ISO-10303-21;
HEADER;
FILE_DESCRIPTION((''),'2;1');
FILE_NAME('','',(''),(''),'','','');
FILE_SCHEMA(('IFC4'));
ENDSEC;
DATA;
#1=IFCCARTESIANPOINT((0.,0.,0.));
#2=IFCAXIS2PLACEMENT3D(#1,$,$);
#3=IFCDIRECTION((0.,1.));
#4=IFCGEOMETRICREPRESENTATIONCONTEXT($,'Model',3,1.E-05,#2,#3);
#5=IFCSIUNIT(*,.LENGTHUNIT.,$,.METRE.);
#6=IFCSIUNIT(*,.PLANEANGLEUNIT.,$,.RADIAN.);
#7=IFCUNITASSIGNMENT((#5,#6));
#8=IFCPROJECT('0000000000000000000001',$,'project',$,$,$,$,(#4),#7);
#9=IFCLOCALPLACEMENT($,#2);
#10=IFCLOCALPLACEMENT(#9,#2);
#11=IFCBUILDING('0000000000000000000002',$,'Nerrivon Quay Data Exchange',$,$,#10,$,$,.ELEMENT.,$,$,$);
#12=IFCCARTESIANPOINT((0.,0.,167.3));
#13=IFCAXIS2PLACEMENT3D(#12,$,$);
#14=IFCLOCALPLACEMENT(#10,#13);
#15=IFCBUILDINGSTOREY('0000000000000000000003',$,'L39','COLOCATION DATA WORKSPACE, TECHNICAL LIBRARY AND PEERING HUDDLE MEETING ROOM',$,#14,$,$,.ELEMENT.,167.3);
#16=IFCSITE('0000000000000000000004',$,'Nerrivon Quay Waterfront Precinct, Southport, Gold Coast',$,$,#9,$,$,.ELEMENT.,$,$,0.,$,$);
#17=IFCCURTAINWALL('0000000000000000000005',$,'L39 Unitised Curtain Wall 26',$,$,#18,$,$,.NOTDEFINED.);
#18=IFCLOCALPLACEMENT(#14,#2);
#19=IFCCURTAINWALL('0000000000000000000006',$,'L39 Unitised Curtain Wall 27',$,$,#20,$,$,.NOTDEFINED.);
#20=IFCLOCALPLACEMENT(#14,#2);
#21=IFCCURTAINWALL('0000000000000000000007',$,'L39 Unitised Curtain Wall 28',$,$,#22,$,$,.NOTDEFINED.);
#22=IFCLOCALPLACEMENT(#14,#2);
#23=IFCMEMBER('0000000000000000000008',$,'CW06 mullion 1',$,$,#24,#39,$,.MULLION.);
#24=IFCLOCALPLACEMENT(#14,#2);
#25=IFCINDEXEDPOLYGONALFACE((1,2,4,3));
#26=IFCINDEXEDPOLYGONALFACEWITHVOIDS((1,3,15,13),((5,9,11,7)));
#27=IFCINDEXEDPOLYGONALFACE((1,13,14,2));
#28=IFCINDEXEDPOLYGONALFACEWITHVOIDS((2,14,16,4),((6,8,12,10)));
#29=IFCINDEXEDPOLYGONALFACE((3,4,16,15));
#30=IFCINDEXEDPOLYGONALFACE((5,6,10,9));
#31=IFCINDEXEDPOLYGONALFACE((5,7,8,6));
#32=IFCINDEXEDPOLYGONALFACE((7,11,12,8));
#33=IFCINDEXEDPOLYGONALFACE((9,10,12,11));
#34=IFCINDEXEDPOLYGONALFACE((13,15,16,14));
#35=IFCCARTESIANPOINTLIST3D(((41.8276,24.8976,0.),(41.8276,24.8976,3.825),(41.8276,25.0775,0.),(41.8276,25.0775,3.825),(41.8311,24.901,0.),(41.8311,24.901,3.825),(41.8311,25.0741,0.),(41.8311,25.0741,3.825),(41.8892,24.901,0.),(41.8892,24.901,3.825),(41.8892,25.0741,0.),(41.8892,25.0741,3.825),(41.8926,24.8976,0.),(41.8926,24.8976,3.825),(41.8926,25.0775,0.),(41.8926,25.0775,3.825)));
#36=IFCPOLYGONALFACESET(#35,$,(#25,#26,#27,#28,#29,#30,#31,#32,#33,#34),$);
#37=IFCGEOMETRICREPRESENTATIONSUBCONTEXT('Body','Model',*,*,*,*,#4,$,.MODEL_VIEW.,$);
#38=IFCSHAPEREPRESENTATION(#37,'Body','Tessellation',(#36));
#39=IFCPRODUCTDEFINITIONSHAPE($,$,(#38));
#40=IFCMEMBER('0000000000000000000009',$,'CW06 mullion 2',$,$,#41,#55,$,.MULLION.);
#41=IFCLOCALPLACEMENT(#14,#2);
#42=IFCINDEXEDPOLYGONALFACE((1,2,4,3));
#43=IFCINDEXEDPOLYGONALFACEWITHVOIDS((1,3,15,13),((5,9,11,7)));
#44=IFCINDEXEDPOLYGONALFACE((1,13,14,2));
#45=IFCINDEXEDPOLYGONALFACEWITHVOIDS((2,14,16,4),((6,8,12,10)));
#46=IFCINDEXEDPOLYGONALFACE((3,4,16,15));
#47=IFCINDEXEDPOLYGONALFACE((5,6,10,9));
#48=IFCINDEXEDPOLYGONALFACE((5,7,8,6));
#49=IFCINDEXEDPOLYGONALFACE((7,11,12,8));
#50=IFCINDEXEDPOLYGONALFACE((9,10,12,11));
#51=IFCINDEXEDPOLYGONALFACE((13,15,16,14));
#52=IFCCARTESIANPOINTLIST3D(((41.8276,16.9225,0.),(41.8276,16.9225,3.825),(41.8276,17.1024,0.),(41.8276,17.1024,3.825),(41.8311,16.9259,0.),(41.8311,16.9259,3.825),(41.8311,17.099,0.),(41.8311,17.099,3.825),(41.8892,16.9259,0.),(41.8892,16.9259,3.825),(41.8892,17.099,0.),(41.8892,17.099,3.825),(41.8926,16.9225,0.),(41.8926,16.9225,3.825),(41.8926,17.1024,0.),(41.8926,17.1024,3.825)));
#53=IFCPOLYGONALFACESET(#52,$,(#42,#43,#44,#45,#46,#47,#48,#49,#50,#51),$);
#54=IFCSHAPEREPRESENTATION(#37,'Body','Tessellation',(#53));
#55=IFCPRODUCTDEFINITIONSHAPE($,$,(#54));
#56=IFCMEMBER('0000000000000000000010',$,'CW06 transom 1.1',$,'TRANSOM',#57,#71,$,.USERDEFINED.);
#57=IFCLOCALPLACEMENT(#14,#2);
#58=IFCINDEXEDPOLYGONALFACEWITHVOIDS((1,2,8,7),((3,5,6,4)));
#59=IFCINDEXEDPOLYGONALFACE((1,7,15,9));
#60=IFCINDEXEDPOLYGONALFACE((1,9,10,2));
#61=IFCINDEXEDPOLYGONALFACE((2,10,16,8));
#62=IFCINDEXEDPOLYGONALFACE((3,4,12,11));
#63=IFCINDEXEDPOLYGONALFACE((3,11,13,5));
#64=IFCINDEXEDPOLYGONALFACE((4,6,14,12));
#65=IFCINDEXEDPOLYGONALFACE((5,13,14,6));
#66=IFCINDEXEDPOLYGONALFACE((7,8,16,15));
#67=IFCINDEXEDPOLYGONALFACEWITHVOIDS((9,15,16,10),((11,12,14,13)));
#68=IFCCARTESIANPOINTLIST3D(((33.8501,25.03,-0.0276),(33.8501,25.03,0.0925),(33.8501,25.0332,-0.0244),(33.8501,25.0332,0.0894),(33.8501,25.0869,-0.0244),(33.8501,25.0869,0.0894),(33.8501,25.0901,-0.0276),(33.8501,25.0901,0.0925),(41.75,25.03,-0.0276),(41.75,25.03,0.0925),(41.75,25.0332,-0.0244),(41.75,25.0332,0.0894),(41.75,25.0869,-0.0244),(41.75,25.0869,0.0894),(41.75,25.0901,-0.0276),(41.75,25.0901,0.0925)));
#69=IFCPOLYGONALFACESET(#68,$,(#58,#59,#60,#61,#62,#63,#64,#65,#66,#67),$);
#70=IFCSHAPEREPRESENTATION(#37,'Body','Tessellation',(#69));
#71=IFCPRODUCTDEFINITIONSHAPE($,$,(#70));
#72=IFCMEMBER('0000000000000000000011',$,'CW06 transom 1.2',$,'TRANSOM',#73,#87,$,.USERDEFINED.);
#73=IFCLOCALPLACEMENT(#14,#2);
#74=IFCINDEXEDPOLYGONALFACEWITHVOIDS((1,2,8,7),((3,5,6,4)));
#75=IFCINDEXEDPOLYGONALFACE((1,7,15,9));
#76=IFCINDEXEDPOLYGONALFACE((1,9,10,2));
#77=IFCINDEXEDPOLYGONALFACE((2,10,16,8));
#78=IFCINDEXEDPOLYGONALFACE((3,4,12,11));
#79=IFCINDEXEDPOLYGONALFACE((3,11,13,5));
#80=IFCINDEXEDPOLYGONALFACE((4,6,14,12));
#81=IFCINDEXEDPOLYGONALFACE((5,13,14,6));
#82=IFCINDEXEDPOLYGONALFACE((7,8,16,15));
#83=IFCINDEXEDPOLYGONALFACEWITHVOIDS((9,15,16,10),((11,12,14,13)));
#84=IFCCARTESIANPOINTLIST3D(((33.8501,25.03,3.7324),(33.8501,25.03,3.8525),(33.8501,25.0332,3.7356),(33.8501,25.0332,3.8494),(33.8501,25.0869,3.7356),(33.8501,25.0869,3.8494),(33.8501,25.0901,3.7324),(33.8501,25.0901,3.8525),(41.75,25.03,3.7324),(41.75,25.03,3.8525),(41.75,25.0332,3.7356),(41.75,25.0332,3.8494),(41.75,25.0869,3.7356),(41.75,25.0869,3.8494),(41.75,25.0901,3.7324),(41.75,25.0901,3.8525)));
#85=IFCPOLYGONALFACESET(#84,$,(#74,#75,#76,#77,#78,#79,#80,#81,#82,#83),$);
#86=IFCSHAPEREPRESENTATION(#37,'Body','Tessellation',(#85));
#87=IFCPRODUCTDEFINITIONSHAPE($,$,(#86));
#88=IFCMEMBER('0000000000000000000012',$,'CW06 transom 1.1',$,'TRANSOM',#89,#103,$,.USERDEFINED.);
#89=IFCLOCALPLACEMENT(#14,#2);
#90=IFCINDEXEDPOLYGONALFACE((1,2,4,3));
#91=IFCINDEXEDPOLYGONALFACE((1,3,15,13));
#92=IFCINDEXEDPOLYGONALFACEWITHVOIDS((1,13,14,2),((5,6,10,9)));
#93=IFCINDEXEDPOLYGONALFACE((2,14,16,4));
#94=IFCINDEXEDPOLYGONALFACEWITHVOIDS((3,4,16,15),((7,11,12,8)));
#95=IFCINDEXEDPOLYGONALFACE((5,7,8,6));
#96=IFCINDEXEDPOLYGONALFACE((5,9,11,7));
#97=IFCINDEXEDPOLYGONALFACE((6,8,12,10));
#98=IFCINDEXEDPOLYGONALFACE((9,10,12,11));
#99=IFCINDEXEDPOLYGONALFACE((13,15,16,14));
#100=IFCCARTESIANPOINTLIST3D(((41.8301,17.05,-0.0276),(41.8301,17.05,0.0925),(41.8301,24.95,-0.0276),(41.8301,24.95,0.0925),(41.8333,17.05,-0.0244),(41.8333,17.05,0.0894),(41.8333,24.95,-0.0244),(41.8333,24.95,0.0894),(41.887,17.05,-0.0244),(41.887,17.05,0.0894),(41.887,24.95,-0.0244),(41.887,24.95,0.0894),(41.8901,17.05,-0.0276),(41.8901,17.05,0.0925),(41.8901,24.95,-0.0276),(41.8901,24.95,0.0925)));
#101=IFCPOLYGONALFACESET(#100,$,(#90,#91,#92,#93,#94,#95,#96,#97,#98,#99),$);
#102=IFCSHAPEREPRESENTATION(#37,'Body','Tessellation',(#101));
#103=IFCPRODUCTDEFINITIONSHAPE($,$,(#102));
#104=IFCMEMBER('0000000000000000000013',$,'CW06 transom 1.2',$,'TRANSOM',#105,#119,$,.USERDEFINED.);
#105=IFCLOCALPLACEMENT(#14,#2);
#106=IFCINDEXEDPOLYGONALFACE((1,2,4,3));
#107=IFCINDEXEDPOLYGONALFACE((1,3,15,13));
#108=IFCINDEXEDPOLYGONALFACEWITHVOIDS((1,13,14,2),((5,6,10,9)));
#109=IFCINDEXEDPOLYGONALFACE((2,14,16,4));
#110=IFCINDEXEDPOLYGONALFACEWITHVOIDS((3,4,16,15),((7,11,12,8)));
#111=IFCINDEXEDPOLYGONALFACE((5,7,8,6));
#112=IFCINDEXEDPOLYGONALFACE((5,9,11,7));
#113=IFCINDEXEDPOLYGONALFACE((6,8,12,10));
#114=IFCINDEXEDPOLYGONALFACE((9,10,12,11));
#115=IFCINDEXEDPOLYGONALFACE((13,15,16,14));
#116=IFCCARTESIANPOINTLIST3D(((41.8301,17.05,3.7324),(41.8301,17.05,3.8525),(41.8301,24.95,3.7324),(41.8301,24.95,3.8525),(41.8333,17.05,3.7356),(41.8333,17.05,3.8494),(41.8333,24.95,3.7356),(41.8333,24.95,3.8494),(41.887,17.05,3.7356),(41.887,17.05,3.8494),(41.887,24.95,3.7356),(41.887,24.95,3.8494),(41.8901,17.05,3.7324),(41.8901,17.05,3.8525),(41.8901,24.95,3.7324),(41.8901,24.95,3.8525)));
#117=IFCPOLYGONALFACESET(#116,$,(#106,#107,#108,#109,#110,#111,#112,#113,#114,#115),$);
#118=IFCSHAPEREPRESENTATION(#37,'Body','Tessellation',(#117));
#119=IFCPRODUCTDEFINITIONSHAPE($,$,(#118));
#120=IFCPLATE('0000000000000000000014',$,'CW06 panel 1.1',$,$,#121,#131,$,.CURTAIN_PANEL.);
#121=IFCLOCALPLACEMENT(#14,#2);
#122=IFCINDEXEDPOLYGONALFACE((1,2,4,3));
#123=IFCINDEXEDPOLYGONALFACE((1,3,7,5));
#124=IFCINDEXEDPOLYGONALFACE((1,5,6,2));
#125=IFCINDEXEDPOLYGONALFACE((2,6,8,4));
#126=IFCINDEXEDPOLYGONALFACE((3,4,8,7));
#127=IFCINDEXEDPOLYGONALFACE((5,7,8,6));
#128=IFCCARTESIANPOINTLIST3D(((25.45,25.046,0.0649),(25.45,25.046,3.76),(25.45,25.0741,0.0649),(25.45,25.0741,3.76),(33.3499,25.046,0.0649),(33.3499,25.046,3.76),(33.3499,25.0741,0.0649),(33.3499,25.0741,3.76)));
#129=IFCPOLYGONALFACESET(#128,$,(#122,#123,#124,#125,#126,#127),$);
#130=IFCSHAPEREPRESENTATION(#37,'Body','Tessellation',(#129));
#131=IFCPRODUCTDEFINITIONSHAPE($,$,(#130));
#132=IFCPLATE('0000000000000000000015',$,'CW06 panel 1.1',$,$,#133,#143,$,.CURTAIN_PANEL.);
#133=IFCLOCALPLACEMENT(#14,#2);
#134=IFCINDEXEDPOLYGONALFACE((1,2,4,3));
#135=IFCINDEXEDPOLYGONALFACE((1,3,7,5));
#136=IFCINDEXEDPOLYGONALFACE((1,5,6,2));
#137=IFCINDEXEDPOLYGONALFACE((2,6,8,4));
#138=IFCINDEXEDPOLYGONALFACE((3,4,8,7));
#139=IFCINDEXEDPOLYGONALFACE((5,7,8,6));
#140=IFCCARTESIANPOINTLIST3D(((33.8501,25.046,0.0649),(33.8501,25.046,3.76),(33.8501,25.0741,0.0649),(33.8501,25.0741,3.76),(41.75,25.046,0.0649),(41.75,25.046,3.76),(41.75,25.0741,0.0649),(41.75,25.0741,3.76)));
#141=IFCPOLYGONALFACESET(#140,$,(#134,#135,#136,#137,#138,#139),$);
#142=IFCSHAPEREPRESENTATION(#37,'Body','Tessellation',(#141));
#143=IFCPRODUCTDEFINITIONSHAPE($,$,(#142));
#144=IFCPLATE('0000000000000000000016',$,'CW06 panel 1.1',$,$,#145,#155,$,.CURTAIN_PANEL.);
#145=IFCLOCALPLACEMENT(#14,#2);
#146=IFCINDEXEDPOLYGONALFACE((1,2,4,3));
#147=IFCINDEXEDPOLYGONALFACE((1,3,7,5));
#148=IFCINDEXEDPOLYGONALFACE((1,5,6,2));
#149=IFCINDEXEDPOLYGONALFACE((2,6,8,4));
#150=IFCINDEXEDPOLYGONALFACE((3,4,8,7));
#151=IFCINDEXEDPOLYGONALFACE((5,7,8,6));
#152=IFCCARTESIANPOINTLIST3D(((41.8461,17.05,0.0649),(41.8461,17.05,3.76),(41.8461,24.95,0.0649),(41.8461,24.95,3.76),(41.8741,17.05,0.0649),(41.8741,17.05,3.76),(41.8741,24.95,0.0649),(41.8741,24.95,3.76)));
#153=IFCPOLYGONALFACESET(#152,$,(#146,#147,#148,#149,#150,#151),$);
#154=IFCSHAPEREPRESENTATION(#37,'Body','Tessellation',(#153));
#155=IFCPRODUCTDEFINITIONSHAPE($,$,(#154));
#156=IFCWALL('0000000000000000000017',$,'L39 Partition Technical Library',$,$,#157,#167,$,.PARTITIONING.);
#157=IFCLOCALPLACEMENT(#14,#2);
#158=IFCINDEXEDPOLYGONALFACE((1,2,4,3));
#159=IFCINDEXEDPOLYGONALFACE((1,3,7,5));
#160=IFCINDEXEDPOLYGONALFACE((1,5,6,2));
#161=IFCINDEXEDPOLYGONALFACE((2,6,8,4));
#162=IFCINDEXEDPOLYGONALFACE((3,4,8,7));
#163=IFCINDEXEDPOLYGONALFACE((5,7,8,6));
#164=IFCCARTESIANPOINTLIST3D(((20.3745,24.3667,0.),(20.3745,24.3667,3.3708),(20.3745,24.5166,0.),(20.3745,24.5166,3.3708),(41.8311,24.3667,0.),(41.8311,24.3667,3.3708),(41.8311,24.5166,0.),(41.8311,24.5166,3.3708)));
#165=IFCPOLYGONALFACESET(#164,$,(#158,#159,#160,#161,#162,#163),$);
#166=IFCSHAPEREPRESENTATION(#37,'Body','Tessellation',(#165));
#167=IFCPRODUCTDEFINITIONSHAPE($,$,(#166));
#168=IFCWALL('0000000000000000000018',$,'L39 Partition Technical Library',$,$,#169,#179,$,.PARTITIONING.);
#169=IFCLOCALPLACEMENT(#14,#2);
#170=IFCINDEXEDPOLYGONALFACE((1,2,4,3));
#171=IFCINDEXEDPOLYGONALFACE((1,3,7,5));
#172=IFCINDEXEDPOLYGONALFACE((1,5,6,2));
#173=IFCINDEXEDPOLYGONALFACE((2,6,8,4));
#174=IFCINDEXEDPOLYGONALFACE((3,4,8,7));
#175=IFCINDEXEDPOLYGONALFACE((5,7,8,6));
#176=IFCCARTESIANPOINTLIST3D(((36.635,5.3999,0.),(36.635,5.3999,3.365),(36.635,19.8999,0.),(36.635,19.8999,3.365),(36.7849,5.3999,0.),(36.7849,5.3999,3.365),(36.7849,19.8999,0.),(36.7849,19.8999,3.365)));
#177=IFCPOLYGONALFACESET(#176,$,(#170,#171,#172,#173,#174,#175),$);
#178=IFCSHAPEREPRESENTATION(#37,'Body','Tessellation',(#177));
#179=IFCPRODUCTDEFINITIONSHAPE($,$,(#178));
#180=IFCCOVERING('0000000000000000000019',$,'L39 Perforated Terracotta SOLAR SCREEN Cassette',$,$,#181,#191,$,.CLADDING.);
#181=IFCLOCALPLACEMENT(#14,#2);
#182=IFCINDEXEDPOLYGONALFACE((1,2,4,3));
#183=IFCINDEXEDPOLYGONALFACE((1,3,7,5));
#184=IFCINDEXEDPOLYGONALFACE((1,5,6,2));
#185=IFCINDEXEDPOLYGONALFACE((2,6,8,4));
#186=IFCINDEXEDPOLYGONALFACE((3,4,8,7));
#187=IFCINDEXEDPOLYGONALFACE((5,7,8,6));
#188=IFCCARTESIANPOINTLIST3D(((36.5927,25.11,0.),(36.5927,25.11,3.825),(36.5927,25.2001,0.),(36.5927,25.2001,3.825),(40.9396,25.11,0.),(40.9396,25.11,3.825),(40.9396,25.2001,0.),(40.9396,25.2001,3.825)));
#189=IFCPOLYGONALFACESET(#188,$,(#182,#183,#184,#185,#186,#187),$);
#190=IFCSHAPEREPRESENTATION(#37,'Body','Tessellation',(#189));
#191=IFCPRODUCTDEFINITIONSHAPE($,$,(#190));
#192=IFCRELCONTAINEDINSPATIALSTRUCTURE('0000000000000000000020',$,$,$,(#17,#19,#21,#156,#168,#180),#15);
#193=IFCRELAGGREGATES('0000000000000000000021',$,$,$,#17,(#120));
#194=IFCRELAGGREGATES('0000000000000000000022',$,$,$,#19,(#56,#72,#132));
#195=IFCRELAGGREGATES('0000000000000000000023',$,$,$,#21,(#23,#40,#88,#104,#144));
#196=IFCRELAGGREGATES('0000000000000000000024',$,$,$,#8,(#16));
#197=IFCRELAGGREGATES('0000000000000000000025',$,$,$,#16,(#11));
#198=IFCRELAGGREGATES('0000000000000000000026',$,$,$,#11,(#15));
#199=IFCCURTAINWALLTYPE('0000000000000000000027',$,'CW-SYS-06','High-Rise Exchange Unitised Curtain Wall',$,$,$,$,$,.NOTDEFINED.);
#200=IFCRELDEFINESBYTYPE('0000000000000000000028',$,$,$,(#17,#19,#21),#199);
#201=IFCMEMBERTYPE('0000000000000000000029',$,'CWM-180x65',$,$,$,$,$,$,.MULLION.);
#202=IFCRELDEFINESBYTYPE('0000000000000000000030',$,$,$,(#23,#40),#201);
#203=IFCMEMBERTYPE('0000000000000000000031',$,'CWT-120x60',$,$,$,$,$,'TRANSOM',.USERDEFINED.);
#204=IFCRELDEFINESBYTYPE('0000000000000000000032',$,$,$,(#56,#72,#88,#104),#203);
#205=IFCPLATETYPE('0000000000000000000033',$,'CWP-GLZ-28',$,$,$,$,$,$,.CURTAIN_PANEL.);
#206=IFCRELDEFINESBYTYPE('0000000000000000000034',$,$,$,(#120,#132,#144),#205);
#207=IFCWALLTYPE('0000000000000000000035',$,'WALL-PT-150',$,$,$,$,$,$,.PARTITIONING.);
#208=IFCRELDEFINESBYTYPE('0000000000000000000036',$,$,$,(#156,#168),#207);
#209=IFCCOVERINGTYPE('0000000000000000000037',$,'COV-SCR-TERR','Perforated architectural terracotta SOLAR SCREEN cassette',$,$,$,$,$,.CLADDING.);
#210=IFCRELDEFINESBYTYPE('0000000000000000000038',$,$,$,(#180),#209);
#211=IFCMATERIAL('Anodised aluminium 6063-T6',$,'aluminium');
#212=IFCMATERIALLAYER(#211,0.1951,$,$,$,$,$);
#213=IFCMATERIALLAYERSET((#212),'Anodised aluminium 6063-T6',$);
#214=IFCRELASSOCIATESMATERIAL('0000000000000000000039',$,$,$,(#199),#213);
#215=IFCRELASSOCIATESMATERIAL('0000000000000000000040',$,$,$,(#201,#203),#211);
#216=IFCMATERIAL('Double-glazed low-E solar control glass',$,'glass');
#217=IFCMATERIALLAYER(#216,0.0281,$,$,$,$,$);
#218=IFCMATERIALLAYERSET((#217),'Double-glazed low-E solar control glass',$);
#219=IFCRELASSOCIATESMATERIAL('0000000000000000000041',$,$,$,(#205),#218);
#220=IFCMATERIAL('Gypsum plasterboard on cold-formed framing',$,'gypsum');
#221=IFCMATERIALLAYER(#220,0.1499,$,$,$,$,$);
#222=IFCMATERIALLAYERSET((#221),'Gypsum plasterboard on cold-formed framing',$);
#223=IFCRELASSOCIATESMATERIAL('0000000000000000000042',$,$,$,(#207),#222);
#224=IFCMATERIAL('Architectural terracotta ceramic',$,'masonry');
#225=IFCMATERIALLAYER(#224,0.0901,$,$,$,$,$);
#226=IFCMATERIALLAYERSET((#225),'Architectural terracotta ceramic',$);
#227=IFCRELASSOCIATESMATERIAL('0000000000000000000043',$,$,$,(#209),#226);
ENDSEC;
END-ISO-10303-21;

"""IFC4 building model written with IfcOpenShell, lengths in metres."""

from ifc_helpers import new_model, si_unit, direction, frame, frame_2d, origin, origin_2d, place, context, subcontext, project, spatial, rectangle, hollow_rectangle, extrude, material, layer, layer_set, material_profile, profile_set, type_object, element, aggregate, save


model = new_model("IFC4")

# Units and contexts
model_context = context("Model", 3, precision=1e-05, world=origin(), true_north=direction((0.0, 1.0)))
body_context = subcontext(model_context, "Body", "Model", "MODEL_VIEW")
ifc_project = project(units=[si_unit("LENGTHUNIT", "METRE"), si_unit("PLANEANGLEUNIT", "RADIAN")], contexts=[model_context])

# Site, building, storey
site_placement = place(None, origin())
site = spatial("IfcSite", under=ifc_project, at=site_placement, Name="Nerrivon Quay Waterfront Precinct, Southport, Gold Coast", CompositionType="ELEMENT", RefElevation=0.0)
building_placement = place(site_placement, origin())
building = spatial("IfcBuilding", under=site, at=building_placement, Name="Nerrivon Quay Data Exchange", CompositionType="ELEMENT")
storey_placement = place(building_placement, frame((0.0, 0.0, 167.3)))
storey = spatial("IfcBuildingStorey", under=building, at=storey_placement, Name="L39", Description="COLOCATION DATA WORKSPACE, TECHNICAL LIBRARY AND PEERING HUDDLE MEETING ROOM", CompositionType="ELEMENT", Elevation=167.3)

# Curtain wall
ifc_material_1 = material(Name="Anodised aluminium 6063-T6", Category="aluminium")
ifc_layer_1 = layer(ifc_material_1, 0.1951)
ifc_layer_set_1 = layer_set([ifc_layer_1], Name="Anodised aluminium 6063-T6")
curtain_wall_type = type_object("IfcCurtainWallType", Name="CW-SYS-06", Description="High-Rise Exchange Unitised Curtain Wall", PredefinedType="NOTDEFINED", material=ifc_layer_set_1)
curtain_wall_1_placement = place(storey_placement, origin())
curtain_wall_1 = element("IfcCurtainWall", 1, at=curtain_wall_1_placement, inside=storey, type_object=curtain_wall_type, Name="L39 Unitised Curtain Wall 26", PredefinedType="NOTDEFINED")
ifc_material_profile_1 = material_profile(ifc_material_1, hollow_rectangle(XDim=0.0649, YDim=0.1799, WallThickness=0.0034, at=origin_2d()), Name="ALU-MULL-180x65")
ifc_profile_set_1 = profile_set([ifc_material_profile_1], Name="Anodised aluminium 6063-T6")
member_type_1 = type_object("IfcMemberType", Name="CWM-180x65", PredefinedType="MULLION", material=ifc_profile_set_1)

# Curtain walls, members
curtain_wall_2_placement = place(storey_placement, origin())
curtain_wall_2 = element("IfcCurtainWall", 2, at=curtain_wall_2_placement, inside=storey, type_object=curtain_wall_type, Name="L39 Unitised Curtain Wall 27", PredefinedType="NOTDEFINED")
curtain_wall_3_placement = place(storey_placement, origin())
curtain_wall_3 = element("IfcCurtainWall", 3, at=curtain_wall_3_placement, inside=storey, type_object=curtain_wall_type, Name="L39 Unitised Curtain Wall 28", PredefinedType="NOTDEFINED")
member_1_placement = place(storey_placement, frame((41.8601, 24.9875, 0.0), z_axis=(0.0, 0.0, 1.0), x_axis=(1.0, 0.0, 0.0)))
member_1 = element("IfcMember", 4, at=member_1_placement, type_object=member_type_1, Name="CW06 mullion 1", PredefinedType="MULLION", context=body_context, shape_type="SweptSolid", body=[
    extrude(hollow_rectangle(XDim=0.0649, YDim=0.1799, WallThickness=0.0034, at=origin_2d()), origin(), (0.0, 0.0, 1.0), 3.825),
])
member_2_placement = place(storey_placement, frame((41.8601, 17.0125, 0.0), z_axis=(0.0, 0.0, 1.0), x_axis=(1.0, 0.0, 0.0)))
member_2 = element("IfcMember", 5, at=member_2_placement, type_object=member_type_1, Name="CW06 mullion 2", PredefinedType="MULLION", context=body_context, shape_type="SweptSolid", body=[
    extrude(hollow_rectangle(XDim=0.0649, YDim=0.1799, WallThickness=0.0034, at=origin_2d()), origin(), (0.0, 0.0, 1.0), 3.825),
])

# Members
ifc_material_profile_2 = material_profile(ifc_material_1, hollow_rectangle(XDim=0.0601, YDim=0.1201, WallThickness=0.0032, at=origin_2d()), Name="ALU-TRAN-120x60")
ifc_profile_set_2 = profile_set([ifc_material_profile_2], Name="Anodised aluminium 6063-T6")
member_type_2 = type_object("IfcMemberType", Name="CWT-120x60", ElementType="TRANSOM", PredefinedType="USERDEFINED", material=ifc_profile_set_2)
member_3_placement = place(storey_placement, frame((33.8501, 25.0601, 0.0325), z_axis=(1.0, 0.0, 0.0), x_axis=(0.0, 1.0, 0.0)))
member_3 = element("IfcMember", 6, at=member_3_placement, type_object=member_type_2, Name="CW06 transom 1.1", ObjectType="TRANSOM", PredefinedType="USERDEFINED", context=body_context, shape_type="SweptSolid", body=[
    extrude(hollow_rectangle(XDim=0.0601, YDim=0.1201, WallThickness=0.0032, at=origin_2d()), origin(), (0.0, 0.0, 1.0), 7.8999),
])
member_4_placement = place(storey_placement, frame((33.8501, 25.0601, 3.7925), z_axis=(1.0, 0.0, 0.0), x_axis=(0.0, 1.0, 0.0)))
member_4 = element("IfcMember", 7, at=member_4_placement, type_object=member_type_2, Name="CW06 transom 1.2", ObjectType="TRANSOM", PredefinedType="USERDEFINED", context=body_context, shape_type="SweptSolid", body=[
    extrude(hollow_rectangle(XDim=0.0601, YDim=0.1201, WallThickness=0.0032, at=origin_2d()), origin(), (0.0, 0.0, 1.0), 7.8999),
])
member_5_placement = place(storey_placement, frame((41.8601, 24.95, 0.0325), z_axis=(0.0, -1.0, 0.0), x_axis=(1.0, 0.0, 0.0)))
member_5 = element("IfcMember", 8, at=member_5_placement, type_object=member_type_2, Name="CW06 transom 1.1", ObjectType="TRANSOM", PredefinedType="USERDEFINED", context=body_context, shape_type="SweptSolid", body=[
    extrude(hollow_rectangle(XDim=0.0601, YDim=0.1201, WallThickness=0.0032, at=origin_2d()), origin(), (0.0, 0.0, 1.0), 7.8999),
])
member_6_placement = place(storey_placement, frame((41.8601, 24.95, 3.7925), z_axis=(0.0, -1.0, 0.0), x_axis=(1.0, 0.0, 0.0)))
member_6 = element("IfcMember", 9, at=member_6_placement, type_object=member_type_2, Name="CW06 transom 1.2", ObjectType="TRANSOM", PredefinedType="USERDEFINED", context=body_context, shape_type="SweptSolid", body=[
    extrude(hollow_rectangle(XDim=0.0601, YDim=0.1201, WallThickness=0.0032, at=origin_2d()), origin(), (0.0, 0.0, 1.0), 7.8999),
])

# Plates
ifc_material_2 = material(Name="Double-glazed low-E solar control glass", Category="glass")
ifc_layer_2 = layer(ifc_material_2, 0.0281)
ifc_layer_set_2 = layer_set([ifc_layer_2], Name="Double-glazed low-E solar control glass")
plate_type = type_object("IfcPlateType", Name="CWP-GLZ-28", PredefinedType="CURTAIN_PANEL", material=ifc_layer_set_2)
plate_1_placement = place(storey_placement, frame((29.3999, 25.0601, 0.0649), z_axis=(0.0, 0.0, 1.0), x_axis=(1.0, 0.0, 0.0)))
plate_1 = element("IfcPlate", 10, at=plate_1_placement, type_object=plate_type, Name="CW06 panel 1.1", PredefinedType="CURTAIN_PANEL", context=body_context, shape_type="SweptSolid", body=[
    extrude(rectangle(XDim=7.8999, YDim=0.0281, at=origin_2d()), origin(), (0.0, 0.0, 1.0), 3.6951),
])
aggregate(curtain_wall_1, [plate_1])
plate_2_placement = place(storey_placement, frame((37.8, 25.0601, 0.0649), z_axis=(0.0, 0.0, 1.0), x_axis=(1.0, 0.0, 0.0)))
plate_2 = element("IfcPlate", 11, at=plate_2_placement, type_object=plate_type, Name="CW06 panel 1.1", PredefinedType="CURTAIN_PANEL", context=body_context, shape_type="SweptSolid", body=[
    extrude(rectangle(XDim=7.8999, YDim=0.0281, at=origin_2d()), origin(), (0.0, 0.0, 1.0), 3.6951),
])
aggregate(curtain_wall_2, [member_3, member_4, plate_2])
plate_3_placement = place(storey_placement, frame((41.8601, 21.0, 0.0649), z_axis=(0.0, 0.0, 1.0), x_axis=(0.0, -1.0, 0.0)))
plate_3 = element("IfcPlate", 12, at=plate_3_placement, type_object=plate_type, Name="CW06 panel 1.1", PredefinedType="CURTAIN_PANEL", context=body_context, shape_type="SweptSolid", body=[
    extrude(rectangle(XDim=7.8999, YDim=0.0281, at=origin_2d()), origin(), (0.0, 0.0, 1.0), 3.6951),
])
aggregate(curtain_wall_3, [member_1, member_2, member_5, member_6, plate_3])

# Walls
ifc_material_3 = material(Name="Gypsum plasterboard on cold-formed framing", Category="gypsum")
ifc_layer_3 = layer(ifc_material_3, 0.1499)
ifc_layer_set_3 = layer_set([ifc_layer_3], Name="Gypsum plasterboard on cold-formed framing")
wall_type = type_object("IfcWallType", Name="WALL-PT-150", PredefinedType="PARTITIONING", material=ifc_layer_set_3)
wall_1_placement = place(storey_placement, frame((41.8311, 24.4417, 0.0), z_axis=(0.0, 0.0, 1.0), x_axis=(-1.0, 0.0, 0.0)))
element("IfcWall", 13, at=wall_1_placement, inside=storey, type_object=wall_type, Name="L39 Partition Technical Library", PredefinedType="PARTITIONING", context=body_context, shape_type="SweptSolid", body=[
    extrude(rectangle(XDim=21.4565, YDim=0.1499, at=frame_2d((10.7283, 0.0))), origin(), (0.0, 0.0, 1.0), 3.3708),
])
wall_2_placement = place(storey_placement, frame((36.71, 19.8999, 0.0), z_axis=(0.0, 0.0, 1.0), x_axis=(0.0, -1.0, 0.0)))
element("IfcWall", 14, at=wall_2_placement, inside=storey, type_object=wall_type, Name="L39 Partition Technical Library", PredefinedType="PARTITIONING", context=body_context, shape_type="SweptSolid", body=[
    extrude(rectangle(XDim=14.5, YDim=0.1499, at=frame_2d((7.25, 0.0))), origin(), (0.0, 0.0, 1.0), 3.365),
])

# Covering
ifc_material_4 = material(Name="Architectural terracotta ceramic", Category="masonry")
ifc_layer_4 = layer(ifc_material_4, 0.0901)
ifc_layer_set_4 = layer_set([ifc_layer_4], Name="Architectural terracotta ceramic")
covering_type = type_object("IfcCoveringType", Name="COV-SCR-TERR", Description="Perforated architectural terracotta SOLAR SCREEN cassette", PredefinedType="CLADDING", material=ifc_layer_set_4)
for number, where, z_axis, x_axis, name in (
    (15, (38.7661, 25.155, 0.0), (0.0, 0.0, 1.0), (1.0, 0.0, 0.0), "L39 Perforated Terracotta SOLAR SCREEN Cassette"),
):
    element("IfcCovering", number, at=place(storey_placement, frame(where, z_axis=z_axis, x_axis=x_axis)), inside=storey, type_object=covering_type, Name=name, PredefinedType="CLADDING", context=body_context, shape_type="SweptSolid", body=[
        extrude(rectangle(XDim=4.3469, YDim=0.0901, at=origin_2d()), origin(), (0.0, 0.0, 1.0), 3.825),
    ])

save(model, "model.ifc")
